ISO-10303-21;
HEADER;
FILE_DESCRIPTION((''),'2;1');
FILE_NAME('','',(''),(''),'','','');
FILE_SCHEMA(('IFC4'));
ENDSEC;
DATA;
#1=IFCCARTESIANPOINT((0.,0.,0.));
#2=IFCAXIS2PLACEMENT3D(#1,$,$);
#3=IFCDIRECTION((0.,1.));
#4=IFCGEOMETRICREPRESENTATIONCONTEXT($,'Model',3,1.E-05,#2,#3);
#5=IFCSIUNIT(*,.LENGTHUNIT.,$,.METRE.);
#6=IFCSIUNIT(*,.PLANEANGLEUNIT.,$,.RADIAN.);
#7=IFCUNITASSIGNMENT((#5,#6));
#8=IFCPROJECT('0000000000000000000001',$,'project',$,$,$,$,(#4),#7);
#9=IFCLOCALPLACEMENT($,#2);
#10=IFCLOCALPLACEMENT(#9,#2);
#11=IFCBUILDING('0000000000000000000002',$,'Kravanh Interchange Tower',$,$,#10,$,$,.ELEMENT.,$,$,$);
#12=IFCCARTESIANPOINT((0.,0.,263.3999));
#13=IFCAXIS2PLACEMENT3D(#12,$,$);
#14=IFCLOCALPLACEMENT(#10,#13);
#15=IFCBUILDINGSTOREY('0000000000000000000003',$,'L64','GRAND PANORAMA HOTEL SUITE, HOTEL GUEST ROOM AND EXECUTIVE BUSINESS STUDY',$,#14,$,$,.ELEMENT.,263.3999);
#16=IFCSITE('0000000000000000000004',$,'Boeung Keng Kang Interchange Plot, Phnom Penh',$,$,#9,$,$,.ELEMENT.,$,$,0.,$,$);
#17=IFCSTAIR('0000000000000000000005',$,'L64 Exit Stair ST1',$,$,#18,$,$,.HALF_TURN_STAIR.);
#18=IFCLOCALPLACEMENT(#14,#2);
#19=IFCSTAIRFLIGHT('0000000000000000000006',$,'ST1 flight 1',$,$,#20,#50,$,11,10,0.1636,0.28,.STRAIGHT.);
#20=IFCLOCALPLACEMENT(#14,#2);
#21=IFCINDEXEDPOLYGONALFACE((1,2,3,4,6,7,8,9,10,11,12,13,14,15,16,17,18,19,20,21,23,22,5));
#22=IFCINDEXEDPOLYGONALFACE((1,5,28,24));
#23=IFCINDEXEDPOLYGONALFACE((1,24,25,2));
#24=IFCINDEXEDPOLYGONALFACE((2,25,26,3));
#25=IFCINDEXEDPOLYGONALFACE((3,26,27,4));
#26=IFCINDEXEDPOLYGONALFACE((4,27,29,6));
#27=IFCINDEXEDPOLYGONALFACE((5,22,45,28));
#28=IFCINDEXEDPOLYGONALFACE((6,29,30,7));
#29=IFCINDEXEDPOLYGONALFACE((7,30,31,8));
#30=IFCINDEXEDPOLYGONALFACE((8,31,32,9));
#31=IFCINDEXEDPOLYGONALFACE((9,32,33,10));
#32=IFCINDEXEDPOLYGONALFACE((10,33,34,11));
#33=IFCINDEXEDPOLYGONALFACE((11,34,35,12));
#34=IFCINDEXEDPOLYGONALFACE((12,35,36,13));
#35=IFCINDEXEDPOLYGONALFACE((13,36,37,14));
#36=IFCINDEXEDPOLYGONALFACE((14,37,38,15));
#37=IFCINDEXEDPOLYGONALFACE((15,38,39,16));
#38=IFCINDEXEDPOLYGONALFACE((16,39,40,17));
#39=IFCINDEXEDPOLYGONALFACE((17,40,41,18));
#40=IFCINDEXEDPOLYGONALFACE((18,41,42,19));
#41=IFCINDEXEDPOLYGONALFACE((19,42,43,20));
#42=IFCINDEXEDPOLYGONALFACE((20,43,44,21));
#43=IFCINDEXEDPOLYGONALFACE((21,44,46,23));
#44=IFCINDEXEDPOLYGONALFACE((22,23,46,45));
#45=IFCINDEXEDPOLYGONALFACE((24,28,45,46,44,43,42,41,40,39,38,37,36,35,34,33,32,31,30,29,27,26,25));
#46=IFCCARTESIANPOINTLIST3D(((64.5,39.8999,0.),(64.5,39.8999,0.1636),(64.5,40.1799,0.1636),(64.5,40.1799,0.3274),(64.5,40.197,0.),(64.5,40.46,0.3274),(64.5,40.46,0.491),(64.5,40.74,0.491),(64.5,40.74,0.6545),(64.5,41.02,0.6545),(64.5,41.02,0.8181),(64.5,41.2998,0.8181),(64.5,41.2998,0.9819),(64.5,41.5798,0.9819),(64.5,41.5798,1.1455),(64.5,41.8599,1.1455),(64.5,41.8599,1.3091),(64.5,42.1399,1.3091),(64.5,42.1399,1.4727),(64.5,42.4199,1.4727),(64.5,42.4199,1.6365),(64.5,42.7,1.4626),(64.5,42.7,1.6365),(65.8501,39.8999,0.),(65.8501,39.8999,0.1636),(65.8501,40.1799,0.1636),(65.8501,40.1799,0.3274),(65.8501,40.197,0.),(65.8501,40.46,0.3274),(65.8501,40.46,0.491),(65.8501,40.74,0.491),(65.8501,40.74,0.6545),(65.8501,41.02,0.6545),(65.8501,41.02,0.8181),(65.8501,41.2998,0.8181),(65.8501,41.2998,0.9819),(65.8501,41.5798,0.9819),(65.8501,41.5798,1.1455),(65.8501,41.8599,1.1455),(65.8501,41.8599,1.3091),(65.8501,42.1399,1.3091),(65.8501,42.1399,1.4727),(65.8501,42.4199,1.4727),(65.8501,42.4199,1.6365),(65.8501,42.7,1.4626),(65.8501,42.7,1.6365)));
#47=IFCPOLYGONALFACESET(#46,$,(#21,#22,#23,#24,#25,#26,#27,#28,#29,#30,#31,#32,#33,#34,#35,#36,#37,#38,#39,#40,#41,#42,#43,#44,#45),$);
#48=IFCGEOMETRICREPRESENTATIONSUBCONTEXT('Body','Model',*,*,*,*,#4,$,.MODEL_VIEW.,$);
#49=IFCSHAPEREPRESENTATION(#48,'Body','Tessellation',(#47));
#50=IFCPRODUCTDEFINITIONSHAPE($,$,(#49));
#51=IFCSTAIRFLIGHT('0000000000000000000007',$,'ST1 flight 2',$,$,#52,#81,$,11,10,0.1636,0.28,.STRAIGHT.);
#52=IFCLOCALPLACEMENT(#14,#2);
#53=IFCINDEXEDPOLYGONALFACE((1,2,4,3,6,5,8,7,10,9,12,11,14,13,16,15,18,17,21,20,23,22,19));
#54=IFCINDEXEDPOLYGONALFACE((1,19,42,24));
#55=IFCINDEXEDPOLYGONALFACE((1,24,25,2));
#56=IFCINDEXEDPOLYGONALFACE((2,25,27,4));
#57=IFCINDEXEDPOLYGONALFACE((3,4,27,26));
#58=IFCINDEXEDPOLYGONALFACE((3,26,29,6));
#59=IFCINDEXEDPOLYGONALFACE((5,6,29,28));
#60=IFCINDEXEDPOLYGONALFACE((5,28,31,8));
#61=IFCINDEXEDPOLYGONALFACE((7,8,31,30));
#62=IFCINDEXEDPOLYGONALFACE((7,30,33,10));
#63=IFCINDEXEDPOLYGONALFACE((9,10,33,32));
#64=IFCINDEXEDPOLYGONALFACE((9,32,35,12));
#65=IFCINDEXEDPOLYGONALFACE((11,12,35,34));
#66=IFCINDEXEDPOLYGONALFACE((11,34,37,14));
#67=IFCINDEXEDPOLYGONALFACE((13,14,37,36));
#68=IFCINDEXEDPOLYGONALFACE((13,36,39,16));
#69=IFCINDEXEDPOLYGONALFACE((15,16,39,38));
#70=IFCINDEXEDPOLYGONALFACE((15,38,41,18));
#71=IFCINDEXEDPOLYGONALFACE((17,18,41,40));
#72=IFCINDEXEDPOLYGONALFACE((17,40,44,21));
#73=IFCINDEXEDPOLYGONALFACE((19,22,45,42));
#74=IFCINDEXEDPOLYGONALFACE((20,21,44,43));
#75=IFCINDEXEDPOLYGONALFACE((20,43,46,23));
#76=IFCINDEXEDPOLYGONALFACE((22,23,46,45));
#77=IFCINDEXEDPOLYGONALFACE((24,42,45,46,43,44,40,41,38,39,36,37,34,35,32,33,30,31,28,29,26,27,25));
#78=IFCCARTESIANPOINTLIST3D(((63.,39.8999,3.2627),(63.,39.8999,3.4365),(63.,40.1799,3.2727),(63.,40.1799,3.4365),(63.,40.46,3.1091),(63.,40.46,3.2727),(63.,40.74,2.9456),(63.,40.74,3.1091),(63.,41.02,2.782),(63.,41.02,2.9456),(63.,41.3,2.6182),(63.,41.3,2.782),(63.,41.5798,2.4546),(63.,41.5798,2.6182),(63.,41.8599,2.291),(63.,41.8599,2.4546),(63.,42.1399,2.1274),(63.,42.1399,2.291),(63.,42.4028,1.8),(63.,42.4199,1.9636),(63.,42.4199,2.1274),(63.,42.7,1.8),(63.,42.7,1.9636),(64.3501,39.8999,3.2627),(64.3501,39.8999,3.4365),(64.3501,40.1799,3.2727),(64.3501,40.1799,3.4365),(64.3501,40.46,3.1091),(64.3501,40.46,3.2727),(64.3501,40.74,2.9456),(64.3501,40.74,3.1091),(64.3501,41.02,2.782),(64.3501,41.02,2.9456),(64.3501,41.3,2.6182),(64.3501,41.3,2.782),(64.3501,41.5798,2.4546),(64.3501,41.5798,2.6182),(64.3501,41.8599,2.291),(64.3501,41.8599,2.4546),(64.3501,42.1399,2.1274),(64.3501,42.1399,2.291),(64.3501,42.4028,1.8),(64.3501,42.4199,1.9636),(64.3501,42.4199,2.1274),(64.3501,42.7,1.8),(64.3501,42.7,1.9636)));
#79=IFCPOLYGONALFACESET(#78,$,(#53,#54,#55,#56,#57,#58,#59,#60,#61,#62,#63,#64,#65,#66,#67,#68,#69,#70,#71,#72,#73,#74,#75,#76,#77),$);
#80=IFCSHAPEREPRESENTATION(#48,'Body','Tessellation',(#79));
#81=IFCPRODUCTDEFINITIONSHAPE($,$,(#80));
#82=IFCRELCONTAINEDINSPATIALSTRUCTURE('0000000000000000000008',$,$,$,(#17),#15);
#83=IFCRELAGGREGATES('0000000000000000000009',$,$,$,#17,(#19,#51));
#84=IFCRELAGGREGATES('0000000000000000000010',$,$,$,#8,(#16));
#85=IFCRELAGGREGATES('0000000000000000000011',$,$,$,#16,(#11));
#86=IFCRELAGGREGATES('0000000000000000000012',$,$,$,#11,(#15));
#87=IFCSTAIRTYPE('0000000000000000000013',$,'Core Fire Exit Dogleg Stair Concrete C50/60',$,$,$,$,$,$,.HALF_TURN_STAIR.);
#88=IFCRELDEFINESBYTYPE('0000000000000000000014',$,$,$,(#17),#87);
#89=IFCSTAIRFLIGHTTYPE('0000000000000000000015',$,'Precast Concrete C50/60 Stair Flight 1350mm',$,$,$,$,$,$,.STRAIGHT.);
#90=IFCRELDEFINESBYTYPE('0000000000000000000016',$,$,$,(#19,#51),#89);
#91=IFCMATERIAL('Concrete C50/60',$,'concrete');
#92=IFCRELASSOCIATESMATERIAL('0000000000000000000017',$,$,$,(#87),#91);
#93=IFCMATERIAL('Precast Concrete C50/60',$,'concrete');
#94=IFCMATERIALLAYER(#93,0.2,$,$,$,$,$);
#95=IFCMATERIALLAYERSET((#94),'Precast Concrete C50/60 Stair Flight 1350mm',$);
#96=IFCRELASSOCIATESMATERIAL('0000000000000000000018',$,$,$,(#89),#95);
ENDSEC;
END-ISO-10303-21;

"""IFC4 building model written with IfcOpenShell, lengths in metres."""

from ifc_helpers import new_model, si_unit, direction, frame, origin, place, context, subcontext, project, spatial, polyline, outline, extrude, material, layer, layer_set, type_object, element, aggregate, save


model = new_model("IFC4")

# Units and contexts
model_context = context("Model", 3, precision=1e-05, world=origin(), true_north=direction((0.0, 1.0)))
body_context = subcontext(model_context, "Body", "Model", "MODEL_VIEW")
ifc_project = project(units=[si_unit("LENGTHUNIT", "METRE"), si_unit("PLANEANGLEUNIT", "RADIAN")], contexts=[model_context])

# Site, building, storey
site_placement = place(None, origin())
site = spatial("IfcSite", under=ifc_project, at=site_placement, Name="Boeung Keng Kang Interchange Plot, Phnom Penh", CompositionType="ELEMENT", RefElevation=0.0)
building_placement = place(site_placement, origin())
building = spatial("IfcBuilding", under=site, at=building_placement, Name="Kravanh Interchange Tower", CompositionType="ELEMENT")
storey_placement = place(building_placement, frame((0.0, 0.0, 263.3999)))
storey = spatial("IfcBuildingStorey", under=building, at=storey_placement, Name="L64", Description="GRAND PANORAMA HOTEL SUITE, HOTEL GUEST ROOM AND EXECUTIVE BUSINESS STUDY", CompositionType="ELEMENT", Elevation=263.3999)

# Stair, stair flights
ifc_material_1 = material(Name="Concrete C50/60", Category="concrete")
stair_type = type_object("IfcStairType", Name="Core Fire Exit Dogleg Stair Concrete C50/60", PredefinedType="HALF_TURN_STAIR", material=ifc_material_1)
stair_placement = place(storey_placement, origin())
stair = element("IfcStair", 1, at=stair_placement, inside=storey, type_object=stair_type, Name="L64 Exit Stair ST1", PredefinedType="HALF_TURN_STAIR")
ifc_material_2 = material(Name="Precast Concrete C50/60", Category="concrete")
ifc_layer_1 = layer(ifc_material_2, 0.2)
ifc_layer_set_1 = layer_set([ifc_layer_1], Name="Precast Concrete C50/60 Stair Flight 1350mm")
stair_flight_type = type_object("IfcStairFlightType", Name="Precast Concrete C50/60 Stair Flight 1350mm", PredefinedType="STRAIGHT", material=ifc_layer_set_1)
stair_flight_1_placement = place(storey_placement, frame((65.175, 39.8999, 0.0), z_axis=(0.0, 0.0, 1.0), x_axis=(0.0, 1.0, 0.0)))
stair_flight_1 = element("IfcStairFlight", 2, at=stair_flight_1_placement, type_object=stair_flight_type, Name="ST1 flight 1", NumberOfRisers=11, NumberOfTreads=10, PredefinedType="STRAIGHT", RiserHeight=0.1636, TreadLength=0.28, context=body_context, shape_type="SweptSolid", body=[
    extrude(outline(polyline([(0.0, 0.0), (0.0, 0.1636), (0.28, 0.1636), (0.28, 0.3274), (0.5601, 0.3274), (0.5601, 0.491), (0.8401, 0.491), (0.8401, 0.6545), (1.1201, 0.6545), (1.1201, 0.8181), (1.3999, 0.8181), (1.3999, 0.9819), (1.6799, 0.9819), (1.6799, 1.1455), (1.96, 1.1455), (1.96, 1.3091), (2.24, 1.3091), (2.24, 1.4727), (2.52, 1.4727), (2.52, 1.6365), (2.8, 1.6365), (2.8, 1.8), (2.8, 1.4626), (0.2971, 0.0), (0.0, 0.0)])), frame((0.0, 0.675, 0.0), z_axis=(0.0, -1.0, 0.0), x_axis=(1.0, 0.0, 0.0)), (0.0, 0.0, 1.0), 1.3501),
])
stair_flight_2_placement = place(storey_placement, frame((63.675, 42.7, 1.8), z_axis=(0.0, 0.0, 1.0), x_axis=(0.0, -1.0, 0.0)))
stair_flight_2 = element("IfcStairFlight", 3, at=stair_flight_2_placement, type_object=stair_flight_type, Name="ST1 flight 2", NumberOfRisers=11, NumberOfTreads=10, PredefinedType="STRAIGHT", RiserHeight=0.1636, TreadLength=0.28, context=body_context, shape_type="SweptSolid", body=[
    extrude(outline(polyline([(0.0, 0.0), (0.0, 0.1636), (0.28, 0.1636), (0.28, 0.3274), (0.5601, 0.3274), (0.5601, 0.491), (0.8401, 0.491), (0.8401, 0.6545), (1.1201, 0.6545), (1.1201, 0.8181), (1.3999, 0.8181), (1.3999, 0.9819), (1.6799, 0.9819), (1.6799, 1.1455), (1.96, 1.1455), (1.96, 1.3091), (2.24, 1.3091), (2.24, 1.4727), (2.52, 1.4727), (2.52, 1.6365), (2.8, 1.6365), (2.8, 1.8), (2.8, 1.4626), (0.2971, 0.0), (0.0, 0.0)])), frame((0.0, 0.675, 0.0), z_axis=(0.0, -1.0, 0.0), x_axis=(1.0, 0.0, 0.0)), (0.0, 0.0, 1.0), 1.3501),
])
aggregate(stair, [stair_flight_1, stair_flight_2])

save(model, "model.ifc")
